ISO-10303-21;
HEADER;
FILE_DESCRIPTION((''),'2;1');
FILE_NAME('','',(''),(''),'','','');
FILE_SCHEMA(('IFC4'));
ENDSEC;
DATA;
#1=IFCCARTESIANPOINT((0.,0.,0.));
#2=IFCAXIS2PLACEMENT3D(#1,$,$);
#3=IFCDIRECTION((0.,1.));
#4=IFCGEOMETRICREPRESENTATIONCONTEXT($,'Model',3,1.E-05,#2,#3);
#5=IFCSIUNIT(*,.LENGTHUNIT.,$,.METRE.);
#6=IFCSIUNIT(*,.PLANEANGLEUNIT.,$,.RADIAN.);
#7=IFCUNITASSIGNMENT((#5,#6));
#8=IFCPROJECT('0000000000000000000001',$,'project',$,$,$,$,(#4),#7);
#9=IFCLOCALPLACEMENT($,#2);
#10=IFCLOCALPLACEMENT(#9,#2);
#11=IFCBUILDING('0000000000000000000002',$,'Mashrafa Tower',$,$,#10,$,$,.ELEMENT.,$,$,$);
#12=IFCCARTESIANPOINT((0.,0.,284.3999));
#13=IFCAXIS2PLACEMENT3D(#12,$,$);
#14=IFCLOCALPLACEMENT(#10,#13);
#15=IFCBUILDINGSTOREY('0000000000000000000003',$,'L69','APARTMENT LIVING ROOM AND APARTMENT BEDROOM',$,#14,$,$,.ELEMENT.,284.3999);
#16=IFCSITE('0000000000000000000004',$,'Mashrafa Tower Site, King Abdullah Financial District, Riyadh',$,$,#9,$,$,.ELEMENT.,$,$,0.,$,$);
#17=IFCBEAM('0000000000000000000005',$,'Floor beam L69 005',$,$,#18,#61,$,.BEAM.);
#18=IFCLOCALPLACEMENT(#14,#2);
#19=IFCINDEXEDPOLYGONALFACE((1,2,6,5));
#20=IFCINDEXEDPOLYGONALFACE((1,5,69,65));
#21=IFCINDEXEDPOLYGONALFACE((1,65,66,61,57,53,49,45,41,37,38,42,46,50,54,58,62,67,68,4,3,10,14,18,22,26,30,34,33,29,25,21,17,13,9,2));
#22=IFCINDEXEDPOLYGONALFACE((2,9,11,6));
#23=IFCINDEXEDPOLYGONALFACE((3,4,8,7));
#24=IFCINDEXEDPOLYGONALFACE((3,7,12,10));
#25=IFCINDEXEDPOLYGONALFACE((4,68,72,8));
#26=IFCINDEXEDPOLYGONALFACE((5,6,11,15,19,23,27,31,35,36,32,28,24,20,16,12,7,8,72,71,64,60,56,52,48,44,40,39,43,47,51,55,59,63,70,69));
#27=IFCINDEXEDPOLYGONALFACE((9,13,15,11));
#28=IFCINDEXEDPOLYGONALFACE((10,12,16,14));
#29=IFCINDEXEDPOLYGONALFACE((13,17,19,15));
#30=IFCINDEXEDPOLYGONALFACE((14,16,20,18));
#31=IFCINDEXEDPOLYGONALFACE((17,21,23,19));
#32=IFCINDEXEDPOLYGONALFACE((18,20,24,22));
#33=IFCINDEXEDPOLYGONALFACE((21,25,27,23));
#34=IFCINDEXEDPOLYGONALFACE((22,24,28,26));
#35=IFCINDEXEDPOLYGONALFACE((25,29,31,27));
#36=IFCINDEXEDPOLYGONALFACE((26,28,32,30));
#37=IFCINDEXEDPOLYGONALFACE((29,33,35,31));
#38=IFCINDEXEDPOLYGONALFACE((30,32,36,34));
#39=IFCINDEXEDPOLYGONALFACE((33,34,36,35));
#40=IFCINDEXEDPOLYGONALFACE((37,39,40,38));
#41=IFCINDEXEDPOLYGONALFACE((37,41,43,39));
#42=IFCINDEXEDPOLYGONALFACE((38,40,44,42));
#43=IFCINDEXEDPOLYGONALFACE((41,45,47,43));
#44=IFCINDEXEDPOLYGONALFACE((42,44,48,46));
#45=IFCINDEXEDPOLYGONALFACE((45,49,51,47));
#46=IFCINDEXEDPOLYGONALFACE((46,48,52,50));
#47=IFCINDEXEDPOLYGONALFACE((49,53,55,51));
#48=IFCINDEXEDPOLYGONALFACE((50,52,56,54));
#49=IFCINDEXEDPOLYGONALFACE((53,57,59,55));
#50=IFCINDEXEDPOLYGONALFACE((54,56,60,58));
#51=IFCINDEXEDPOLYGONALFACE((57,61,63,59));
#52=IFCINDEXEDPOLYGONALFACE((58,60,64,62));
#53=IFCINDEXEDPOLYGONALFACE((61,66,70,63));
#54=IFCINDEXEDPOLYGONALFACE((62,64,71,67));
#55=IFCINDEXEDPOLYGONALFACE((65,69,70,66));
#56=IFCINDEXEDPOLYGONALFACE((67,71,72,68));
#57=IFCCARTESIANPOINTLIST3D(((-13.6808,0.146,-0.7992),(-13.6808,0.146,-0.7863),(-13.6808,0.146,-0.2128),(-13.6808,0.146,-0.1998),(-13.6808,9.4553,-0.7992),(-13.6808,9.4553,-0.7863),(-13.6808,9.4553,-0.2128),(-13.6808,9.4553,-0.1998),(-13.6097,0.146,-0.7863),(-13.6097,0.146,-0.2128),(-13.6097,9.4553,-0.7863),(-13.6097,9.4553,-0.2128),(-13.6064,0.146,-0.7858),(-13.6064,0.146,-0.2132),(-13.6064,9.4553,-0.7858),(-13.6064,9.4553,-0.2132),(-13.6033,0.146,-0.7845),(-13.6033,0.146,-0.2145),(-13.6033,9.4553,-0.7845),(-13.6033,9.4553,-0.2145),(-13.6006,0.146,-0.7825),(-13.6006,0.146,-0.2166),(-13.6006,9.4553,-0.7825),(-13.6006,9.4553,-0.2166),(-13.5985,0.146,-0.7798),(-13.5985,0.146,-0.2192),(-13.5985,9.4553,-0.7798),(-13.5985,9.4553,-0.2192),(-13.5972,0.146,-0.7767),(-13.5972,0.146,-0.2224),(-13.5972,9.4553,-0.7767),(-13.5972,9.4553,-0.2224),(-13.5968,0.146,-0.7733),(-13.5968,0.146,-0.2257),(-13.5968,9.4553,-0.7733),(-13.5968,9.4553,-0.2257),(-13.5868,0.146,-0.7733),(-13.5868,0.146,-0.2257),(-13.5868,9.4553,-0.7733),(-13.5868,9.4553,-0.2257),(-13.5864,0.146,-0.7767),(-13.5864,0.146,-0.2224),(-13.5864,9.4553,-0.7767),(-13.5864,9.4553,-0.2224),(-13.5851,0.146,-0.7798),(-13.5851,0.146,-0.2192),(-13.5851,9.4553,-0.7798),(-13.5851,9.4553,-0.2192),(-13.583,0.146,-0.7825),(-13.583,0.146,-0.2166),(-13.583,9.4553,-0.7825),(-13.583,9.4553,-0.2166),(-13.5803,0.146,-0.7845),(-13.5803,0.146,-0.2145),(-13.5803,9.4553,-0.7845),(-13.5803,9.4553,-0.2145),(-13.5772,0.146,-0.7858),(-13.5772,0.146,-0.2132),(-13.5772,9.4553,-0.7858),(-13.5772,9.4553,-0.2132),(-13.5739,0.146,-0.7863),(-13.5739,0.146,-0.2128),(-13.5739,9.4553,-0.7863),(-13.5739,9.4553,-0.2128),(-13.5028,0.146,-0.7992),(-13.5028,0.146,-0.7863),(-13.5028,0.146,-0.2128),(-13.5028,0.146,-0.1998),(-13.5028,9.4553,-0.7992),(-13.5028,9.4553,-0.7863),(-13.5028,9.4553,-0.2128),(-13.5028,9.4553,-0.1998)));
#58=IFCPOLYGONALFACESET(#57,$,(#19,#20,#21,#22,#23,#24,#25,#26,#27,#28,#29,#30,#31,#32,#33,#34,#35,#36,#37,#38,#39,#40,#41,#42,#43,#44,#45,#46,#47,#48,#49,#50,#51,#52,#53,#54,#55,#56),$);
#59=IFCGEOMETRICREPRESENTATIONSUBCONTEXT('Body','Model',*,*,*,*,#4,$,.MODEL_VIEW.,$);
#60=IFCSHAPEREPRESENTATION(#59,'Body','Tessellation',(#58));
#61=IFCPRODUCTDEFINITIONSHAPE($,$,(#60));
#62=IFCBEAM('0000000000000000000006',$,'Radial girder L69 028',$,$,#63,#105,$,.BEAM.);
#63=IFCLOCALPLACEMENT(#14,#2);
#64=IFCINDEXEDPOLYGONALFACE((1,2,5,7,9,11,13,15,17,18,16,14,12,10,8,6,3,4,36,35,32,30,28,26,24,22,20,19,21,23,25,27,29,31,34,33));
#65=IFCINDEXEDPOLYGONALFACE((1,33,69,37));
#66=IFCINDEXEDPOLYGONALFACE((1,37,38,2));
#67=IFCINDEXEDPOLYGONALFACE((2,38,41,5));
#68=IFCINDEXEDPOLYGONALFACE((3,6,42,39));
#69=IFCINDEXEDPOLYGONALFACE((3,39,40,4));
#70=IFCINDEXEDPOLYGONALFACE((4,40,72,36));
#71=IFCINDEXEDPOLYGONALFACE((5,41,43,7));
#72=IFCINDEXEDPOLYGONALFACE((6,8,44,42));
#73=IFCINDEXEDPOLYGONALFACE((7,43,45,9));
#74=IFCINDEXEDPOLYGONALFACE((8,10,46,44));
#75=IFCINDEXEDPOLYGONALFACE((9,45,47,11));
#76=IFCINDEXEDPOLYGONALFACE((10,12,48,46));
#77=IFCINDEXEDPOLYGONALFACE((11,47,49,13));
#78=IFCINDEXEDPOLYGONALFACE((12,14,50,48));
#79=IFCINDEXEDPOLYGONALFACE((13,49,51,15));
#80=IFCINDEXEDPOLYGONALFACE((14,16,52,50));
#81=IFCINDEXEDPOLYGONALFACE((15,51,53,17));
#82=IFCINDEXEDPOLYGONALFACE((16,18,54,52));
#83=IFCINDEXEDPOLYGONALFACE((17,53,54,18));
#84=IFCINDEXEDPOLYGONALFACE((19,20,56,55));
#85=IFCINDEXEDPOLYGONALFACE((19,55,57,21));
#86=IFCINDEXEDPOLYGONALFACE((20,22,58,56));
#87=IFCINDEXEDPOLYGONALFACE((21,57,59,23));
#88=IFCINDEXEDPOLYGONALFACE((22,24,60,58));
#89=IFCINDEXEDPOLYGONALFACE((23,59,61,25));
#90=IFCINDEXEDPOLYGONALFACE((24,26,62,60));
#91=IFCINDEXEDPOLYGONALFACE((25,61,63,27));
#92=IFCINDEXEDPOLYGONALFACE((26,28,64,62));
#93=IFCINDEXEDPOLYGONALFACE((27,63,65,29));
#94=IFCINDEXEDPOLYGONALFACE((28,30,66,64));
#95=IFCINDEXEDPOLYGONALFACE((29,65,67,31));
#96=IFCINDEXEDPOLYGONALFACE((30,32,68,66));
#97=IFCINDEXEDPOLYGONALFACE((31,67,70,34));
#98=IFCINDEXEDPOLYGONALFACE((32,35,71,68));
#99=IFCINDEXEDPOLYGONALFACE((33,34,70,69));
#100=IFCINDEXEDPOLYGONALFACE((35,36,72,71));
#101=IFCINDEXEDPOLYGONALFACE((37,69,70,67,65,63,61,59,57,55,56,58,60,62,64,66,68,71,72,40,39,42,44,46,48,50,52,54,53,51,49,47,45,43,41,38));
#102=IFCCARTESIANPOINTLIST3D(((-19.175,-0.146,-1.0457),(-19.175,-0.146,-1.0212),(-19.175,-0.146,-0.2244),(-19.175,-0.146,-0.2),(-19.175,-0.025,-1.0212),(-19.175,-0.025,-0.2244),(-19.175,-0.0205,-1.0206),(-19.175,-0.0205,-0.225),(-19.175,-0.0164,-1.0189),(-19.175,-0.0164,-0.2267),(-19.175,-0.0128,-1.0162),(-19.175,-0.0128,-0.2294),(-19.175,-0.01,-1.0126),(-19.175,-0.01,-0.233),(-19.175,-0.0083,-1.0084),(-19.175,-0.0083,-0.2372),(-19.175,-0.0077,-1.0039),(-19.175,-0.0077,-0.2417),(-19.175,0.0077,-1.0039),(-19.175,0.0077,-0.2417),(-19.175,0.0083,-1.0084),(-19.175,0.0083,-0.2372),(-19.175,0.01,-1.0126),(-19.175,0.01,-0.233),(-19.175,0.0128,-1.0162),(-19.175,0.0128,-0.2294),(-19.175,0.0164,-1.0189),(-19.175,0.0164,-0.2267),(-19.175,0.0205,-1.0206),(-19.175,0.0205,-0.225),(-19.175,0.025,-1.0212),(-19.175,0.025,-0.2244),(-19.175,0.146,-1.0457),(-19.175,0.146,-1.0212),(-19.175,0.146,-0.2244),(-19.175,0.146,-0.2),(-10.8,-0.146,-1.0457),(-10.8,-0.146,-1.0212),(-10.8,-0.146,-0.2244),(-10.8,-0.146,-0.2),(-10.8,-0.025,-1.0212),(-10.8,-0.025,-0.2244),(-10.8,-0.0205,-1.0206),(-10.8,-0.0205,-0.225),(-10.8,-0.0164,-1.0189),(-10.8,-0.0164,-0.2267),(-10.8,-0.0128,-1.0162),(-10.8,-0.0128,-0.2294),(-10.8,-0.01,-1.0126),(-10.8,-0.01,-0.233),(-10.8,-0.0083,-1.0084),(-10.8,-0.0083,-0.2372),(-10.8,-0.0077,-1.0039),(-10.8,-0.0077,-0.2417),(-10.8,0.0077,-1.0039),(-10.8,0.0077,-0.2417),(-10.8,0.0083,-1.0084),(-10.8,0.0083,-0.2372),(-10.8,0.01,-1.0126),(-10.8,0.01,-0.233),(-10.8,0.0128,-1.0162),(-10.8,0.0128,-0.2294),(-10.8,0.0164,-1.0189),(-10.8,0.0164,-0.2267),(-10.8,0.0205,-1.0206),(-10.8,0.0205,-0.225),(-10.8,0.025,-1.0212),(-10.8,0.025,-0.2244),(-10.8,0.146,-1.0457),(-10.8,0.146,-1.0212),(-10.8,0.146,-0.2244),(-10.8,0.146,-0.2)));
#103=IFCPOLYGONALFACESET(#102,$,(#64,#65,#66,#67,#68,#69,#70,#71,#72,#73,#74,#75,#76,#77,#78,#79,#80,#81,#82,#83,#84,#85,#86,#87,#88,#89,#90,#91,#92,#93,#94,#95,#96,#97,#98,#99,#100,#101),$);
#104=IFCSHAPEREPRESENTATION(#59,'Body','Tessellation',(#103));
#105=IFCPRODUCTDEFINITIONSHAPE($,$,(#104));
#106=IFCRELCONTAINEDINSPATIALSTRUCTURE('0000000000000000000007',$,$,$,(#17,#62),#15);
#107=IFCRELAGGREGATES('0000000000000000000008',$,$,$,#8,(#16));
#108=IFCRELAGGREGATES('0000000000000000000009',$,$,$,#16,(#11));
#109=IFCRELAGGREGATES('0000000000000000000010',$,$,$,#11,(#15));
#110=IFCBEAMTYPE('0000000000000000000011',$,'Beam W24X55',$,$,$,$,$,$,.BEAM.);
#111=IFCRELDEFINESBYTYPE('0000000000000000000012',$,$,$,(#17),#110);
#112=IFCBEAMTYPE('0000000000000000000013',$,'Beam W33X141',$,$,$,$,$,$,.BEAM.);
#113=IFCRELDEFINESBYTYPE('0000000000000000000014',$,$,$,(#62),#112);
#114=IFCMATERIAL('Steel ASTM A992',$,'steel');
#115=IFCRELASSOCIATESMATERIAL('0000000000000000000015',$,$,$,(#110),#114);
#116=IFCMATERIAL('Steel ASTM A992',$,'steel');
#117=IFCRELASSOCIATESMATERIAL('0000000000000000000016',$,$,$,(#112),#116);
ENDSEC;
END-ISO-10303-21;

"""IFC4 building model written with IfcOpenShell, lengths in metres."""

from ifc_helpers import new_model, si_unit, direction, frame, origin, origin_2d, place, context, subcontext, project, spatial, i_section, extrude, material, material_profile, profile_set, type_object, element, save


model = new_model("IFC4")

# Units and contexts
model_context = context("Model", 3, precision=1e-05, world=origin(), true_north=direction((0.0, 1.0)))
body_context = subcontext(model_context, "Body", "Model", "MODEL_VIEW")
ifc_project = project(units=[si_unit("LENGTHUNIT", "METRE"), si_unit("PLANEANGLEUNIT", "RADIAN")], contexts=[model_context])

# Site, building, storey
site_placement = place(None, origin())
site = spatial("IfcSite", under=ifc_project, at=site_placement, Name="Mashrafa Tower Site, King Abdullah Financial District, Riyadh", CompositionType="ELEMENT", RefElevation=0.0)
building_placement = place(site_placement, origin())
building = spatial("IfcBuilding", under=site, at=building_placement, Name="Mashrafa Tower", CompositionType="ELEMENT")
storey_placement = place(building_placement, frame((0.0, 0.0, 284.3999)))
storey = spatial("IfcBuildingStorey", under=building, at=storey_placement, Name="L69", Description="APARTMENT LIVING ROOM AND APARTMENT BEDROOM", CompositionType="ELEMENT", Elevation=284.3999)

# Beams
ifc_material_1 = material(Name="Steel ASTM A992", Category="steel")
ifc_material_profile_1 = material_profile(ifc_material_1, i_section(OverallWidth=0.178, OverallDepth=0.5994, WebThickness=0.01, FlangeThickness=0.0129, FilletRadius=0.0129, at=origin_2d()), Name="W24X55")
ifc_profile_set_1 = profile_set([ifc_material_profile_1], Name="Steel ASTM A992")
beam_type_1 = type_object("IfcBeamType", Name="Beam W24X55", PredefinedType="BEAM", material=ifc_profile_set_1)
beam_1_placement = place(storey_placement, frame((-13.5918, 0.146, -0.4995), z_axis=(0.0, 1.0, 0.0), x_axis=(-1.0, 0.0, 0.0)))
element("IfcBeam", 1, at=beam_1_placement, inside=storey, type_object=beam_type_1, Name="Floor beam L69 005", PredefinedType="BEAM", context=body_context, shape_type="SweptSolid", body=[
    extrude(i_section(OverallWidth=0.178, OverallDepth=0.5994, WebThickness=0.01, FlangeThickness=0.0129, FilletRadius=0.0129, at=origin_2d()), origin(), (0.0, 0.0, 1.0), 9.3093),
])
ifc_material_2 = material(Name="Steel ASTM A992", Category="steel")
ifc_material_profile_2 = material_profile(ifc_material_2, i_section(OverallWidth=0.292, OverallDepth=0.8457, WebThickness=0.0154, FlangeThickness=0.0244, FilletRadius=0.0173, at=origin_2d()), Name="W33X141")
ifc_profile_set_2 = profile_set([ifc_material_profile_2], Name="Steel ASTM A992")
beam_type_2 = type_object("IfcBeamType", Name="Beam W33X141", PredefinedType="BEAM", material=ifc_profile_set_2)
beam_2_placement = place(storey_placement, frame((-10.8, 0.0, -0.6228), z_axis=(-1.0, 0.0, 0.0), x_axis=(0.0, -1.0, 0.0)))
element("IfcBeam", 2, at=beam_2_placement, inside=storey, type_object=beam_type_2, Name="Radial girder L69 028", PredefinedType="BEAM", context=body_context, shape_type="SweptSolid", body=[
    extrude(i_section(OverallWidth=0.292, OverallDepth=0.8457, WebThickness=0.0154, FlangeThickness=0.0244, FilletRadius=0.0173, at=origin_2d()), origin(), (0.0, 0.0, 1.0), 8.375),
])

save(model, "model.ifc")
